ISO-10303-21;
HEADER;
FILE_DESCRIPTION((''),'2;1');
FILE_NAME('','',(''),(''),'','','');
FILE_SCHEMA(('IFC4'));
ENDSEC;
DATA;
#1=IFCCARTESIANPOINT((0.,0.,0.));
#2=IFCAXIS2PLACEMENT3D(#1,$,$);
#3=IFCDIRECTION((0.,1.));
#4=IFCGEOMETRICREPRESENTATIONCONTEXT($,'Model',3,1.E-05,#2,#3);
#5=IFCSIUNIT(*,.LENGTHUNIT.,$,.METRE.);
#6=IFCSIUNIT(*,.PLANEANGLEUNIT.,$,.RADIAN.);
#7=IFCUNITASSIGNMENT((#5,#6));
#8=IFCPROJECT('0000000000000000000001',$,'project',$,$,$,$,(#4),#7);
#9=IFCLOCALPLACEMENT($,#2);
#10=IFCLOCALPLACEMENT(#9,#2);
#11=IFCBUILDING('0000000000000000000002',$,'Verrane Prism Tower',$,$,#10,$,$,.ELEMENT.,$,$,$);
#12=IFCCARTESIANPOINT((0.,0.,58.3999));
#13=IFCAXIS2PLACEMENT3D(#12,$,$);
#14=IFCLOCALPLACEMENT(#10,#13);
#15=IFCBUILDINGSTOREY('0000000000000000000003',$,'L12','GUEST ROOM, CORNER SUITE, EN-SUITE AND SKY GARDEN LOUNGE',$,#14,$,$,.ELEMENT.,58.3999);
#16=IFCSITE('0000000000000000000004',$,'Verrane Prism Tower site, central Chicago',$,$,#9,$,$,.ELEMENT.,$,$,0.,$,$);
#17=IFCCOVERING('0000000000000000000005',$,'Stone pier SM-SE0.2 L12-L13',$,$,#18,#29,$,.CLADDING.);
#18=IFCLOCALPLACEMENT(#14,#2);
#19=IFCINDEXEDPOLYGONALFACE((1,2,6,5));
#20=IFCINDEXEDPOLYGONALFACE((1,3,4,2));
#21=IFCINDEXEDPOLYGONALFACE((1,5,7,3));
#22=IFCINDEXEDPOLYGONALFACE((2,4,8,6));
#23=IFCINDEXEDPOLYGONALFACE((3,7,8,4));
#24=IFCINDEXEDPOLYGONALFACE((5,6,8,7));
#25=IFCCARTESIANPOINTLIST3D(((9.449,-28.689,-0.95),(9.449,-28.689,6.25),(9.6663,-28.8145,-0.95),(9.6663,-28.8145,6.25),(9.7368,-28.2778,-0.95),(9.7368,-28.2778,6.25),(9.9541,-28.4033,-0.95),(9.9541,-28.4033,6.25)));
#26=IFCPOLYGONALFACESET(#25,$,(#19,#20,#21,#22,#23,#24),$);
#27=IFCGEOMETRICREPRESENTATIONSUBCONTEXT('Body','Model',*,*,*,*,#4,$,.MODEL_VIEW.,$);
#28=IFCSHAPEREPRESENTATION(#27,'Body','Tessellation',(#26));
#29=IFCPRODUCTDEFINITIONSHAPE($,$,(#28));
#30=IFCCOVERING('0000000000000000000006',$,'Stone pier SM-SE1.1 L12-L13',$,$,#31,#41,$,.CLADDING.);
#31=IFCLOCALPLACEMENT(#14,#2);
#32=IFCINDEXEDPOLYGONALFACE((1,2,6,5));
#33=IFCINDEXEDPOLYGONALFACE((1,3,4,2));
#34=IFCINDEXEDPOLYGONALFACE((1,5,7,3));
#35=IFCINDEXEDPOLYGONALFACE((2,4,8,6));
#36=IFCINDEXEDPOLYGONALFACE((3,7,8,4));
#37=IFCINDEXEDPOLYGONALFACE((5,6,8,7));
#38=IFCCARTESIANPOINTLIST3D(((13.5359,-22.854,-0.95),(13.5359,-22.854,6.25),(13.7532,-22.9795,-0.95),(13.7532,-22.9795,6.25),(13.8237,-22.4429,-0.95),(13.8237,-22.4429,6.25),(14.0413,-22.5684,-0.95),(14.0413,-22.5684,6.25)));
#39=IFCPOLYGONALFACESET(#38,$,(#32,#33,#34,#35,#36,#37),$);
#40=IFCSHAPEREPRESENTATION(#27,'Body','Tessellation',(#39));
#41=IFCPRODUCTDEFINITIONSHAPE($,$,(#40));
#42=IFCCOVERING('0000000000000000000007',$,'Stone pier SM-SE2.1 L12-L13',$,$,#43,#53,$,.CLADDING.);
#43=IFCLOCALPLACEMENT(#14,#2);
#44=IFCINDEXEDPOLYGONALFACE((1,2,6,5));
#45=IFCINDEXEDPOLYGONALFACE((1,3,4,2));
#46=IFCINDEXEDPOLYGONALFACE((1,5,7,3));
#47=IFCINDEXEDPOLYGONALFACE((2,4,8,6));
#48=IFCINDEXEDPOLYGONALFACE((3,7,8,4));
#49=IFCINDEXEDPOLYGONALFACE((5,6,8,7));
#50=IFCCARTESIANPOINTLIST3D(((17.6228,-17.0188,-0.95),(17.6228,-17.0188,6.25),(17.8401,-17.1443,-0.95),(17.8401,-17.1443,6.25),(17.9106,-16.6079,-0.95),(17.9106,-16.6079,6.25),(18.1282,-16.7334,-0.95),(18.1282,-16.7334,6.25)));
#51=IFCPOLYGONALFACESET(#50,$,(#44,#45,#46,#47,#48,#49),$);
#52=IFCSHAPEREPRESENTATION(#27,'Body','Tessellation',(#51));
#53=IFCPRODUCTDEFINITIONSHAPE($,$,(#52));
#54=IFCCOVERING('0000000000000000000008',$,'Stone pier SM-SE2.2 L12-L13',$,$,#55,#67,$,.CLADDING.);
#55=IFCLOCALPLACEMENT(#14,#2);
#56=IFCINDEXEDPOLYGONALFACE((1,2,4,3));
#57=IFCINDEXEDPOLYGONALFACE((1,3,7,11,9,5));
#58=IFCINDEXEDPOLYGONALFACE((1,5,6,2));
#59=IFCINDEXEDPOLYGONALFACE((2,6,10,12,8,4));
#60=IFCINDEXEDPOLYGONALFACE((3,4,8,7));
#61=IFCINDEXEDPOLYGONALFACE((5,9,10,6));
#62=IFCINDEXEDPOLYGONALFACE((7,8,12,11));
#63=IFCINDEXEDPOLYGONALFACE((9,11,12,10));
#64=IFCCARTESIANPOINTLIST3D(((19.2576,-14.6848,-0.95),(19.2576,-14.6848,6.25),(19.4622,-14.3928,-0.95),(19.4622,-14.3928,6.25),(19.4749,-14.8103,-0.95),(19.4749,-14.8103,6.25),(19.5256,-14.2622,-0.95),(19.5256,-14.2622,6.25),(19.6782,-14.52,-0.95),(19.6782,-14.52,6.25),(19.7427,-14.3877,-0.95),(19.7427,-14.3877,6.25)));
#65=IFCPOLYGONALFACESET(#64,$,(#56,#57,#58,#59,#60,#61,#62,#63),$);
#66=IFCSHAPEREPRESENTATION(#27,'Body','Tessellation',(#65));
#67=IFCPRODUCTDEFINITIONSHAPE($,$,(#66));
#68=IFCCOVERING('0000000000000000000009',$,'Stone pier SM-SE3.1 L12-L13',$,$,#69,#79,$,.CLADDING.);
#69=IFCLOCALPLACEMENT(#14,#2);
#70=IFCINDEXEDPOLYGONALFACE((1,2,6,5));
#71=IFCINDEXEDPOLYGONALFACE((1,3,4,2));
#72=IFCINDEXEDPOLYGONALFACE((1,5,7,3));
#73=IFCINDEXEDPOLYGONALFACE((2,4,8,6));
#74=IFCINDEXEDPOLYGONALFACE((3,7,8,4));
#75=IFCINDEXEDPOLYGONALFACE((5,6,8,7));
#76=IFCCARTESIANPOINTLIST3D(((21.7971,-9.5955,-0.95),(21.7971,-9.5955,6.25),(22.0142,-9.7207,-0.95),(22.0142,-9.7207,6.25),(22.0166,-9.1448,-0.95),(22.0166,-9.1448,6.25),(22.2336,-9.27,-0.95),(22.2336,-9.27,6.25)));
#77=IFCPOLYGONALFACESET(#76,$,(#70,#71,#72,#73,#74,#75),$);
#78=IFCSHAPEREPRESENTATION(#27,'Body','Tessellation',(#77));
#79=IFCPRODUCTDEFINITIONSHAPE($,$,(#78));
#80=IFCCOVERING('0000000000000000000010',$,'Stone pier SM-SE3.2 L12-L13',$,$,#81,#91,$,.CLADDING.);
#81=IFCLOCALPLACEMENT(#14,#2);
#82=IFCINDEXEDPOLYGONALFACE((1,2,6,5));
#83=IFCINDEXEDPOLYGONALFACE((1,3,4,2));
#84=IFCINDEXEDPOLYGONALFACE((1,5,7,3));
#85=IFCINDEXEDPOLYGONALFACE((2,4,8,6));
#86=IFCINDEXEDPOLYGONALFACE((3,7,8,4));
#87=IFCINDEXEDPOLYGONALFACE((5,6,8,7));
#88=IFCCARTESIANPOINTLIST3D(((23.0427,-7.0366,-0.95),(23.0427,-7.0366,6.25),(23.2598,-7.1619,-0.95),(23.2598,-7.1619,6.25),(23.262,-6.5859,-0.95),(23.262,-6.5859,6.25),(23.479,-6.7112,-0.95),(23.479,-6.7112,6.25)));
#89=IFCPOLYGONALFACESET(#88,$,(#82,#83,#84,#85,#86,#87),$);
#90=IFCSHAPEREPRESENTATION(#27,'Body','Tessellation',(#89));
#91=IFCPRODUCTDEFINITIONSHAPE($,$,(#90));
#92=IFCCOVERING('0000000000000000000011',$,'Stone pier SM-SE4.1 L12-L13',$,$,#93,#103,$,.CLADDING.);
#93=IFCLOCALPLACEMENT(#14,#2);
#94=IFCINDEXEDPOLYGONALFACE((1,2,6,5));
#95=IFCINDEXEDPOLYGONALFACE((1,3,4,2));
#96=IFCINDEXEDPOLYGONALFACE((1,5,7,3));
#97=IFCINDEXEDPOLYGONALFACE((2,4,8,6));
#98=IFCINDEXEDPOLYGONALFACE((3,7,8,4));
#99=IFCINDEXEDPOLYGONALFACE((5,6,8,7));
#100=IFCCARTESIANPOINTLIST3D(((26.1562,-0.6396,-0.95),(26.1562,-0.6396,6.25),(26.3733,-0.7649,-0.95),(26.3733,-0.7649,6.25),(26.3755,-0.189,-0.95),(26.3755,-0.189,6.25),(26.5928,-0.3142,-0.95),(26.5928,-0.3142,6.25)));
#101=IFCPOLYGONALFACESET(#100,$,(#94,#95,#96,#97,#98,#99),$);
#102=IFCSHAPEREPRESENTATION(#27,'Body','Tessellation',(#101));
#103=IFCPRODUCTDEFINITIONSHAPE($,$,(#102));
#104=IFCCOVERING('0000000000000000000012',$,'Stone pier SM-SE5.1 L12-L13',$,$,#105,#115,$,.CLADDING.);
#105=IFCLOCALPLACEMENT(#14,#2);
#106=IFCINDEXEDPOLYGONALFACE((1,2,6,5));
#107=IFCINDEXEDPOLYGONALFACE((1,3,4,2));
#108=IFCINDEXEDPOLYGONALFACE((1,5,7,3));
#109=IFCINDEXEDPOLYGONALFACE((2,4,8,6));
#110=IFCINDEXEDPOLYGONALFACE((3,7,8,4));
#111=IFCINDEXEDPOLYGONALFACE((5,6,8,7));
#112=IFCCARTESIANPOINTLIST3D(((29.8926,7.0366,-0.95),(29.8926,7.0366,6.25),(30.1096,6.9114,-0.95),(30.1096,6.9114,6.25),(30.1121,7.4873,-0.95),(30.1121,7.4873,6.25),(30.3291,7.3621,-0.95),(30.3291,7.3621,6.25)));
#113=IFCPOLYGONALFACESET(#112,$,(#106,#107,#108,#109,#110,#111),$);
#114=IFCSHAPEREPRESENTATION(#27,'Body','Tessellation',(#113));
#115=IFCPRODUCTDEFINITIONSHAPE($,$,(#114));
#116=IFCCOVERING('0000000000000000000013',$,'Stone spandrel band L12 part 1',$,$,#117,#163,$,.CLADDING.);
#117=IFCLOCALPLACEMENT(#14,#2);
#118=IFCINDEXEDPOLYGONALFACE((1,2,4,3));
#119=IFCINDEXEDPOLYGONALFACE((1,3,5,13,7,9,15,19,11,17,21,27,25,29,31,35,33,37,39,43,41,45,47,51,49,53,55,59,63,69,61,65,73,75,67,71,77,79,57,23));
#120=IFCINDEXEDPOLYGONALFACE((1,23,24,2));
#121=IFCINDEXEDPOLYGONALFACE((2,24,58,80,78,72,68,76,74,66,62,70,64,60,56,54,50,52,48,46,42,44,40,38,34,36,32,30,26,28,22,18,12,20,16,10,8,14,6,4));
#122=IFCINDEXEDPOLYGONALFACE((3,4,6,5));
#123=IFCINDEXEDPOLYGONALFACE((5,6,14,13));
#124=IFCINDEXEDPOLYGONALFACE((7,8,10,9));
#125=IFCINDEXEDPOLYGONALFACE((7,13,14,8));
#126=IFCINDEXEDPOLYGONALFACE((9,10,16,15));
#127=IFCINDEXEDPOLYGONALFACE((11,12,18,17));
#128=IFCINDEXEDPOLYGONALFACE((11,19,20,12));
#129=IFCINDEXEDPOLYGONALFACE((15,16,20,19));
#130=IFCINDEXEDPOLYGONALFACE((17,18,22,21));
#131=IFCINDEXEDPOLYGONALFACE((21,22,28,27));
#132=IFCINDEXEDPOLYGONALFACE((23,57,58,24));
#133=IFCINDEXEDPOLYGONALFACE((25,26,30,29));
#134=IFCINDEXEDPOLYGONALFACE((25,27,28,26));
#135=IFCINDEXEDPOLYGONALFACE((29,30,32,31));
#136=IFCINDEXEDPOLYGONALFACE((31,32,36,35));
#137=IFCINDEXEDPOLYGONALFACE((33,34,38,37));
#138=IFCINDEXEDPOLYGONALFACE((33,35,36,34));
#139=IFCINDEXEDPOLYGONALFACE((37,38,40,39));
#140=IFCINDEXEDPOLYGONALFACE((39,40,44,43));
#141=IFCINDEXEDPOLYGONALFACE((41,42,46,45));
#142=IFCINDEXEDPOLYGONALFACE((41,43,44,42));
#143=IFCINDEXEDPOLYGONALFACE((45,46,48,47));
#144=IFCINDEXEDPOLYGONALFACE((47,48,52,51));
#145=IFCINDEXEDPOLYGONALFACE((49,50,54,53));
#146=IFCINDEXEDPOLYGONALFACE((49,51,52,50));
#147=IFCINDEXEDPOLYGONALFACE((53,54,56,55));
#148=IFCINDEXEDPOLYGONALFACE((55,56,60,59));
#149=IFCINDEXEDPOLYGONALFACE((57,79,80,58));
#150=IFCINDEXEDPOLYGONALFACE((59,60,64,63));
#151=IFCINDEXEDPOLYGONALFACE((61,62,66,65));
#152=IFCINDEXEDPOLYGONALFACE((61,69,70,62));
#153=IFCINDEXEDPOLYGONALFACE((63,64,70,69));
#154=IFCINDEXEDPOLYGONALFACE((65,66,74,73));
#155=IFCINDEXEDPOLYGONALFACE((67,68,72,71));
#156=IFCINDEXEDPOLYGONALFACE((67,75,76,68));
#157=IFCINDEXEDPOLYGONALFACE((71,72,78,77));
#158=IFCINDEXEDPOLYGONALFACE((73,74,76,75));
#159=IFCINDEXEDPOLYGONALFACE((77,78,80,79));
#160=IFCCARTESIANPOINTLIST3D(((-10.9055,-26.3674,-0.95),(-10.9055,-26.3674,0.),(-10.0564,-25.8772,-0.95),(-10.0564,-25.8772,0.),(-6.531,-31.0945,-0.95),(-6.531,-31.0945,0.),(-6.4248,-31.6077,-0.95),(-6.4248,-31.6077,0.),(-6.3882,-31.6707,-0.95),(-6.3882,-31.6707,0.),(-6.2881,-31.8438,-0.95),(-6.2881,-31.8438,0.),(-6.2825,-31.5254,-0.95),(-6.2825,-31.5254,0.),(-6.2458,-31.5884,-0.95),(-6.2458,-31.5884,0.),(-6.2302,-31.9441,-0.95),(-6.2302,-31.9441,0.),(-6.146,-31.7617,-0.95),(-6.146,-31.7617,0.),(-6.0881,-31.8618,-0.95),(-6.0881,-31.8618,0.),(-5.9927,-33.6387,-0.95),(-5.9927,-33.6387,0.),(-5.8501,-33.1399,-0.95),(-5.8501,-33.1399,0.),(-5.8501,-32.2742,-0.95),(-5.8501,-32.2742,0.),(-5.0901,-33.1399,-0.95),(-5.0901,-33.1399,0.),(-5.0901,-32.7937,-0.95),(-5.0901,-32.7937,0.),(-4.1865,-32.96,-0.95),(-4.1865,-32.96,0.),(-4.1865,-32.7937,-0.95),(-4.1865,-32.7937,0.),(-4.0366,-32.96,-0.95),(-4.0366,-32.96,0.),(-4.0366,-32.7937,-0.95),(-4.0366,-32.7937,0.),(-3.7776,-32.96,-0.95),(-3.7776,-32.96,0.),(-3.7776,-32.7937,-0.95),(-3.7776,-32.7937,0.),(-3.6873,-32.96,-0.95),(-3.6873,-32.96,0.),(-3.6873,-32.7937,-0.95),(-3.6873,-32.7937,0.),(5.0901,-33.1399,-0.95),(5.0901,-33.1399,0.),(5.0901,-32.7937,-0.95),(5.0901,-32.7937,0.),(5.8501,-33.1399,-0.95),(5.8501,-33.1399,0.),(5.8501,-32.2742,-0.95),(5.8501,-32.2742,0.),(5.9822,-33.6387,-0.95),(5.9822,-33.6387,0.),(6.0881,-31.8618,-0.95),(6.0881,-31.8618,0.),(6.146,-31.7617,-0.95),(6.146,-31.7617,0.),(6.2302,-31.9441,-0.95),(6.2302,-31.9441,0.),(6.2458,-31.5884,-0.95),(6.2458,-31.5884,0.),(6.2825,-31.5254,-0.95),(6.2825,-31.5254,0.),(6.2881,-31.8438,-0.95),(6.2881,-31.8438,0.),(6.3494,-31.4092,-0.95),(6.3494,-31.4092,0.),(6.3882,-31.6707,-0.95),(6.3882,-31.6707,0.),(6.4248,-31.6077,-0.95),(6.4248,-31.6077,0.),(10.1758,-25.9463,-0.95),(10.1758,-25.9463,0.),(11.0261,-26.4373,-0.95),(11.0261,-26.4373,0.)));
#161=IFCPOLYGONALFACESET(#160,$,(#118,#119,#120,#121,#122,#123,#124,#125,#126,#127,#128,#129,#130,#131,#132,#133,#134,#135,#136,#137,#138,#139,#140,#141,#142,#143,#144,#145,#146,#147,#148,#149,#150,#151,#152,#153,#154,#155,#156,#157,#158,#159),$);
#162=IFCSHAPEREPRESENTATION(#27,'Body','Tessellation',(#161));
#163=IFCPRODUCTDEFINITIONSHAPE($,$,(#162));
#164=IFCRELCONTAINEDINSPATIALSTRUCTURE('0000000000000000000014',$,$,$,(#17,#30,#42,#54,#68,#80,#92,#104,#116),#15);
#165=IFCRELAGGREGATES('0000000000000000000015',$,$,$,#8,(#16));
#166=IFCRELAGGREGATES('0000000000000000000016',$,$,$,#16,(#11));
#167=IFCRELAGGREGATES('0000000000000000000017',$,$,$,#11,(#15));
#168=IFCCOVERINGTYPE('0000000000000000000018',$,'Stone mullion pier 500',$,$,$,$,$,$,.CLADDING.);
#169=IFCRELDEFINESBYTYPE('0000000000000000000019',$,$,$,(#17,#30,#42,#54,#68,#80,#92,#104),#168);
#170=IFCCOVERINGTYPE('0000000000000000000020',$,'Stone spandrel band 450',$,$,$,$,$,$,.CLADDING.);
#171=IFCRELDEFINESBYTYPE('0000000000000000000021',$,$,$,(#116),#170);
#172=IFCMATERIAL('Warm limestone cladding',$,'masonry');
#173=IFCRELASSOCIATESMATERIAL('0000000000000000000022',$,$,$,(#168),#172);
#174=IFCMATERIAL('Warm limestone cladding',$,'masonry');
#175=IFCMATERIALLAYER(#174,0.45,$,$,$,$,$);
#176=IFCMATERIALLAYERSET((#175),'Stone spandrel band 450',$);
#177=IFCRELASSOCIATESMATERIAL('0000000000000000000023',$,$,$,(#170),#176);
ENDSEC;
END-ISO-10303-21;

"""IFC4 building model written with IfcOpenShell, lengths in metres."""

from ifc_helpers import new_model, si_unit, direction, frame, origin, place, context, subcontext, project, spatial, polyline, outline, extrude, material, layer, layer_set, type_object, element, save


model = new_model("IFC4")

# Units and contexts
model_context = context("Model", 3, precision=1e-05, world=origin(), true_north=direction((0.0, 1.0)))
body_context = subcontext(model_context, "Body", "Model", "MODEL_VIEW")
ifc_project = project(units=[si_unit("LENGTHUNIT", "METRE"), si_unit("PLANEANGLEUNIT", "RADIAN")], contexts=[model_context])

# Site, building, storey
site_placement = place(None, origin())
site = spatial("IfcSite", under=ifc_project, at=site_placement, Name="Verrane Prism Tower site, central Chicago", CompositionType="ELEMENT", RefElevation=0.0)
building_placement = place(site_placement, origin())
building = spatial("IfcBuilding", under=site, at=building_placement, Name="Verrane Prism Tower", CompositionType="ELEMENT")
storey_placement = place(building_placement, frame((0.0, 0.0, 58.3999)))
storey = spatial("IfcBuildingStorey", under=building, at=storey_placement, Name="L12", Description="GUEST ROOM, CORNER SUITE, EN-SUITE AND SKY GARDEN LOUNGE", CompositionType="ELEMENT", Elevation=58.3999)

# Coverings
ifc_material_1 = material(Name="Warm limestone cladding", Category="masonry")
covering_type_1 = type_object("IfcCoveringType", Name="Stone mullion pier 500", PredefinedType="CLADDING", material=ifc_material_1)
covering_1_placement = place(storey_placement, frame((0.0, 0.0, -0.95)))
element("IfcCovering", 1, at=covering_1_placement, inside=storey, type_object=covering_type_1, Name="Stone pier SM-SE0.2 L12-L13", PredefinedType="CLADDING", context=body_context, shape_type="SweptSolid", body=[
    extrude(outline(polyline([(9.7368, -28.2778), (9.449, -28.689), (9.6663, -28.8145), (9.9541, -28.4033), (9.7368, -28.2778)])), origin(), (0.0, 0.0, 1.0), 7.2),
])
covering_2_placement = place(storey_placement, frame((0.0, 0.0, -0.95)))
element("IfcCovering", 2, at=covering_2_placement, inside=storey, type_object=covering_type_1, Name="Stone pier SM-SE1.1 L12-L13", PredefinedType="CLADDING", context=body_context, shape_type="SweptSolid", body=[
    extrude(outline(polyline([(13.8237, -22.4429), (13.5359, -22.854), (13.7532, -22.9795), (14.0413, -22.5684), (13.8237, -22.4429)])), origin(), (0.0, 0.0, 1.0), 7.2),
])
covering_3_placement = place(storey_placement, frame((0.0, 0.0, -0.95)))
element("IfcCovering", 3, at=covering_3_placement, inside=storey, type_object=covering_type_1, Name="Stone pier SM-SE2.1 L12-L13", PredefinedType="CLADDING", context=body_context, shape_type="SweptSolid", body=[
    extrude(outline(polyline([(17.9106, -16.6079), (17.6228, -17.0188), (17.8401, -17.1443), (18.1282, -16.7334), (17.9106, -16.6079)])), origin(), (0.0, 0.0, 1.0), 7.2),
])
covering_4_placement = place(storey_placement, frame((0.0, 0.0, -0.95)))
element("IfcCovering", 4, at=covering_4_placement, inside=storey, type_object=covering_type_1, Name="Stone pier SM-SE2.2 L12-L13", PredefinedType="CLADDING", context=body_context, shape_type="SweptSolid", body=[
    extrude(outline(polyline([(19.5256, -14.2622), (19.4622, -14.3928), (19.2576, -14.6848), (19.4749, -14.8103), (19.6782, -14.52), (19.7427, -14.3877), (19.5256, -14.2622)])), origin(), (0.0, 0.0, 1.0), 7.2),
])
covering_5_placement = place(storey_placement, frame((0.0, 0.0, -0.95)))
element("IfcCovering", 5, at=covering_5_placement, inside=storey, type_object=covering_type_1, Name="Stone pier SM-SE3.1 L12-L13", PredefinedType="CLADDING", context=body_context, shape_type="SweptSolid", body=[
    extrude(outline(polyline([(22.0166, -9.1448), (21.7971, -9.5955), (22.0142, -9.7207), (22.2336, -9.27), (22.0166, -9.1448)])), origin(), (0.0, 0.0, 1.0), 7.2),
])
covering_6_placement = place(storey_placement, frame((0.0, 0.0, -0.95)))
element("IfcCovering", 6, at=covering_6_placement, inside=storey, type_object=covering_type_1, Name="Stone pier SM-SE3.2 L12-L13", PredefinedType="CLADDING", context=body_context, shape_type="SweptSolid", body=[
    extrude(outline(polyline([(23.262, -6.5859), (23.0427, -7.0366), (23.2598, -7.1619), (23.479, -6.7112), (23.262, -6.5859)])), origin(), (0.0, 0.0, 1.0), 7.2),
])
covering_7_placement = place(storey_placement, frame((0.0, 0.0, -0.95)))
element("IfcCovering", 7, at=covering_7_placement, inside=storey, type_object=covering_type_1, Name="Stone pier SM-SE4.1 L12-L13", PredefinedType="CLADDING", context=body_context, shape_type="SweptSolid", body=[
    extrude(outline(polyline([(26.3755, -0.189), (26.1562, -0.6396), (26.3733, -0.7649), (26.5928, -0.3142), (26.3755, -0.189)])), origin(), (0.0, 0.0, 1.0), 7.2),
])
covering_8_placement = place(storey_placement, frame((0.0, 0.0, -0.95)))
element("IfcCovering", 8, at=covering_8_placement, inside=storey, type_object=covering_type_1, Name="Stone pier SM-SE5.1 L12-L13", PredefinedType="CLADDING", context=body_context, shape_type="SweptSolid", body=[
    extrude(outline(polyline([(30.1121, 7.4873), (29.8926, 7.0366), (30.1096, 6.9114), (30.3291, 7.3621), (30.1121, 7.4873)])), origin(), (0.0, 0.0, 1.0), 7.2),
])
ifc_material_2 = material(Name="Warm limestone cladding", Category="masonry")
ifc_layer_1 = layer(ifc_material_2, 0.45)
ifc_layer_set_1 = layer_set([ifc_layer_1], Name="Stone spandrel band 450")
covering_type_2 = type_object("IfcCoveringType", Name="Stone spandrel band 450", PredefinedType="CLADDING", material=ifc_layer_set_1)
covering_9_placement = place(storey_placement, frame((0.0, 0.0, -0.95)))
element("IfcCovering", 9, at=covering_9_placement, inside=storey, type_object=covering_type_2, Name="Stone spandrel band L12 part 1", PredefinedType="CLADDING", context=body_context, shape_type="SweptSolid", body=[
    extrude(outline(polyline([(10.1758, -25.9463), (6.3494, -31.4092), (6.2825, -31.5254), (6.4248, -31.6077), (6.3882, -31.6707), (6.2458, -31.5884), (6.146, -31.7617), (6.2881, -31.8438), (6.2302, -31.9441), (6.0881, -31.8618), (5.8501, -32.2742), (5.8501, -33.1399), (5.0901, -33.1399), (5.0901, -32.7937), (-3.6873, -32.7937), (-3.6873, -32.96), (-3.7776, -32.96), (-3.7776, -32.7937), (-4.0366, -32.7937), (-4.0366, -32.96), (-4.1865, -32.96), (-4.1865, -32.7937), (-5.0901, -32.7937), (-5.0901, -33.1399), (-5.8501, -33.1399), (-5.8501, -32.2742), (-6.0881, -31.8618), (-6.2302, -31.9441), (-6.2881, -31.8438), (-6.146, -31.7617), (-6.2458, -31.5884), (-6.3882, -31.6707), (-6.4248, -31.6077), (-6.2825, -31.5254), (-6.531, -31.0945), (-10.0564, -25.8772), (-10.9055, -26.3674), (-5.9927, -33.6387), (5.9822, -33.6387), (11.0261, -26.4373), (10.1758, -25.9463)])), origin(), (0.0, 0.0, 1.0), 0.95),
])

save(model, "model.ifc")
